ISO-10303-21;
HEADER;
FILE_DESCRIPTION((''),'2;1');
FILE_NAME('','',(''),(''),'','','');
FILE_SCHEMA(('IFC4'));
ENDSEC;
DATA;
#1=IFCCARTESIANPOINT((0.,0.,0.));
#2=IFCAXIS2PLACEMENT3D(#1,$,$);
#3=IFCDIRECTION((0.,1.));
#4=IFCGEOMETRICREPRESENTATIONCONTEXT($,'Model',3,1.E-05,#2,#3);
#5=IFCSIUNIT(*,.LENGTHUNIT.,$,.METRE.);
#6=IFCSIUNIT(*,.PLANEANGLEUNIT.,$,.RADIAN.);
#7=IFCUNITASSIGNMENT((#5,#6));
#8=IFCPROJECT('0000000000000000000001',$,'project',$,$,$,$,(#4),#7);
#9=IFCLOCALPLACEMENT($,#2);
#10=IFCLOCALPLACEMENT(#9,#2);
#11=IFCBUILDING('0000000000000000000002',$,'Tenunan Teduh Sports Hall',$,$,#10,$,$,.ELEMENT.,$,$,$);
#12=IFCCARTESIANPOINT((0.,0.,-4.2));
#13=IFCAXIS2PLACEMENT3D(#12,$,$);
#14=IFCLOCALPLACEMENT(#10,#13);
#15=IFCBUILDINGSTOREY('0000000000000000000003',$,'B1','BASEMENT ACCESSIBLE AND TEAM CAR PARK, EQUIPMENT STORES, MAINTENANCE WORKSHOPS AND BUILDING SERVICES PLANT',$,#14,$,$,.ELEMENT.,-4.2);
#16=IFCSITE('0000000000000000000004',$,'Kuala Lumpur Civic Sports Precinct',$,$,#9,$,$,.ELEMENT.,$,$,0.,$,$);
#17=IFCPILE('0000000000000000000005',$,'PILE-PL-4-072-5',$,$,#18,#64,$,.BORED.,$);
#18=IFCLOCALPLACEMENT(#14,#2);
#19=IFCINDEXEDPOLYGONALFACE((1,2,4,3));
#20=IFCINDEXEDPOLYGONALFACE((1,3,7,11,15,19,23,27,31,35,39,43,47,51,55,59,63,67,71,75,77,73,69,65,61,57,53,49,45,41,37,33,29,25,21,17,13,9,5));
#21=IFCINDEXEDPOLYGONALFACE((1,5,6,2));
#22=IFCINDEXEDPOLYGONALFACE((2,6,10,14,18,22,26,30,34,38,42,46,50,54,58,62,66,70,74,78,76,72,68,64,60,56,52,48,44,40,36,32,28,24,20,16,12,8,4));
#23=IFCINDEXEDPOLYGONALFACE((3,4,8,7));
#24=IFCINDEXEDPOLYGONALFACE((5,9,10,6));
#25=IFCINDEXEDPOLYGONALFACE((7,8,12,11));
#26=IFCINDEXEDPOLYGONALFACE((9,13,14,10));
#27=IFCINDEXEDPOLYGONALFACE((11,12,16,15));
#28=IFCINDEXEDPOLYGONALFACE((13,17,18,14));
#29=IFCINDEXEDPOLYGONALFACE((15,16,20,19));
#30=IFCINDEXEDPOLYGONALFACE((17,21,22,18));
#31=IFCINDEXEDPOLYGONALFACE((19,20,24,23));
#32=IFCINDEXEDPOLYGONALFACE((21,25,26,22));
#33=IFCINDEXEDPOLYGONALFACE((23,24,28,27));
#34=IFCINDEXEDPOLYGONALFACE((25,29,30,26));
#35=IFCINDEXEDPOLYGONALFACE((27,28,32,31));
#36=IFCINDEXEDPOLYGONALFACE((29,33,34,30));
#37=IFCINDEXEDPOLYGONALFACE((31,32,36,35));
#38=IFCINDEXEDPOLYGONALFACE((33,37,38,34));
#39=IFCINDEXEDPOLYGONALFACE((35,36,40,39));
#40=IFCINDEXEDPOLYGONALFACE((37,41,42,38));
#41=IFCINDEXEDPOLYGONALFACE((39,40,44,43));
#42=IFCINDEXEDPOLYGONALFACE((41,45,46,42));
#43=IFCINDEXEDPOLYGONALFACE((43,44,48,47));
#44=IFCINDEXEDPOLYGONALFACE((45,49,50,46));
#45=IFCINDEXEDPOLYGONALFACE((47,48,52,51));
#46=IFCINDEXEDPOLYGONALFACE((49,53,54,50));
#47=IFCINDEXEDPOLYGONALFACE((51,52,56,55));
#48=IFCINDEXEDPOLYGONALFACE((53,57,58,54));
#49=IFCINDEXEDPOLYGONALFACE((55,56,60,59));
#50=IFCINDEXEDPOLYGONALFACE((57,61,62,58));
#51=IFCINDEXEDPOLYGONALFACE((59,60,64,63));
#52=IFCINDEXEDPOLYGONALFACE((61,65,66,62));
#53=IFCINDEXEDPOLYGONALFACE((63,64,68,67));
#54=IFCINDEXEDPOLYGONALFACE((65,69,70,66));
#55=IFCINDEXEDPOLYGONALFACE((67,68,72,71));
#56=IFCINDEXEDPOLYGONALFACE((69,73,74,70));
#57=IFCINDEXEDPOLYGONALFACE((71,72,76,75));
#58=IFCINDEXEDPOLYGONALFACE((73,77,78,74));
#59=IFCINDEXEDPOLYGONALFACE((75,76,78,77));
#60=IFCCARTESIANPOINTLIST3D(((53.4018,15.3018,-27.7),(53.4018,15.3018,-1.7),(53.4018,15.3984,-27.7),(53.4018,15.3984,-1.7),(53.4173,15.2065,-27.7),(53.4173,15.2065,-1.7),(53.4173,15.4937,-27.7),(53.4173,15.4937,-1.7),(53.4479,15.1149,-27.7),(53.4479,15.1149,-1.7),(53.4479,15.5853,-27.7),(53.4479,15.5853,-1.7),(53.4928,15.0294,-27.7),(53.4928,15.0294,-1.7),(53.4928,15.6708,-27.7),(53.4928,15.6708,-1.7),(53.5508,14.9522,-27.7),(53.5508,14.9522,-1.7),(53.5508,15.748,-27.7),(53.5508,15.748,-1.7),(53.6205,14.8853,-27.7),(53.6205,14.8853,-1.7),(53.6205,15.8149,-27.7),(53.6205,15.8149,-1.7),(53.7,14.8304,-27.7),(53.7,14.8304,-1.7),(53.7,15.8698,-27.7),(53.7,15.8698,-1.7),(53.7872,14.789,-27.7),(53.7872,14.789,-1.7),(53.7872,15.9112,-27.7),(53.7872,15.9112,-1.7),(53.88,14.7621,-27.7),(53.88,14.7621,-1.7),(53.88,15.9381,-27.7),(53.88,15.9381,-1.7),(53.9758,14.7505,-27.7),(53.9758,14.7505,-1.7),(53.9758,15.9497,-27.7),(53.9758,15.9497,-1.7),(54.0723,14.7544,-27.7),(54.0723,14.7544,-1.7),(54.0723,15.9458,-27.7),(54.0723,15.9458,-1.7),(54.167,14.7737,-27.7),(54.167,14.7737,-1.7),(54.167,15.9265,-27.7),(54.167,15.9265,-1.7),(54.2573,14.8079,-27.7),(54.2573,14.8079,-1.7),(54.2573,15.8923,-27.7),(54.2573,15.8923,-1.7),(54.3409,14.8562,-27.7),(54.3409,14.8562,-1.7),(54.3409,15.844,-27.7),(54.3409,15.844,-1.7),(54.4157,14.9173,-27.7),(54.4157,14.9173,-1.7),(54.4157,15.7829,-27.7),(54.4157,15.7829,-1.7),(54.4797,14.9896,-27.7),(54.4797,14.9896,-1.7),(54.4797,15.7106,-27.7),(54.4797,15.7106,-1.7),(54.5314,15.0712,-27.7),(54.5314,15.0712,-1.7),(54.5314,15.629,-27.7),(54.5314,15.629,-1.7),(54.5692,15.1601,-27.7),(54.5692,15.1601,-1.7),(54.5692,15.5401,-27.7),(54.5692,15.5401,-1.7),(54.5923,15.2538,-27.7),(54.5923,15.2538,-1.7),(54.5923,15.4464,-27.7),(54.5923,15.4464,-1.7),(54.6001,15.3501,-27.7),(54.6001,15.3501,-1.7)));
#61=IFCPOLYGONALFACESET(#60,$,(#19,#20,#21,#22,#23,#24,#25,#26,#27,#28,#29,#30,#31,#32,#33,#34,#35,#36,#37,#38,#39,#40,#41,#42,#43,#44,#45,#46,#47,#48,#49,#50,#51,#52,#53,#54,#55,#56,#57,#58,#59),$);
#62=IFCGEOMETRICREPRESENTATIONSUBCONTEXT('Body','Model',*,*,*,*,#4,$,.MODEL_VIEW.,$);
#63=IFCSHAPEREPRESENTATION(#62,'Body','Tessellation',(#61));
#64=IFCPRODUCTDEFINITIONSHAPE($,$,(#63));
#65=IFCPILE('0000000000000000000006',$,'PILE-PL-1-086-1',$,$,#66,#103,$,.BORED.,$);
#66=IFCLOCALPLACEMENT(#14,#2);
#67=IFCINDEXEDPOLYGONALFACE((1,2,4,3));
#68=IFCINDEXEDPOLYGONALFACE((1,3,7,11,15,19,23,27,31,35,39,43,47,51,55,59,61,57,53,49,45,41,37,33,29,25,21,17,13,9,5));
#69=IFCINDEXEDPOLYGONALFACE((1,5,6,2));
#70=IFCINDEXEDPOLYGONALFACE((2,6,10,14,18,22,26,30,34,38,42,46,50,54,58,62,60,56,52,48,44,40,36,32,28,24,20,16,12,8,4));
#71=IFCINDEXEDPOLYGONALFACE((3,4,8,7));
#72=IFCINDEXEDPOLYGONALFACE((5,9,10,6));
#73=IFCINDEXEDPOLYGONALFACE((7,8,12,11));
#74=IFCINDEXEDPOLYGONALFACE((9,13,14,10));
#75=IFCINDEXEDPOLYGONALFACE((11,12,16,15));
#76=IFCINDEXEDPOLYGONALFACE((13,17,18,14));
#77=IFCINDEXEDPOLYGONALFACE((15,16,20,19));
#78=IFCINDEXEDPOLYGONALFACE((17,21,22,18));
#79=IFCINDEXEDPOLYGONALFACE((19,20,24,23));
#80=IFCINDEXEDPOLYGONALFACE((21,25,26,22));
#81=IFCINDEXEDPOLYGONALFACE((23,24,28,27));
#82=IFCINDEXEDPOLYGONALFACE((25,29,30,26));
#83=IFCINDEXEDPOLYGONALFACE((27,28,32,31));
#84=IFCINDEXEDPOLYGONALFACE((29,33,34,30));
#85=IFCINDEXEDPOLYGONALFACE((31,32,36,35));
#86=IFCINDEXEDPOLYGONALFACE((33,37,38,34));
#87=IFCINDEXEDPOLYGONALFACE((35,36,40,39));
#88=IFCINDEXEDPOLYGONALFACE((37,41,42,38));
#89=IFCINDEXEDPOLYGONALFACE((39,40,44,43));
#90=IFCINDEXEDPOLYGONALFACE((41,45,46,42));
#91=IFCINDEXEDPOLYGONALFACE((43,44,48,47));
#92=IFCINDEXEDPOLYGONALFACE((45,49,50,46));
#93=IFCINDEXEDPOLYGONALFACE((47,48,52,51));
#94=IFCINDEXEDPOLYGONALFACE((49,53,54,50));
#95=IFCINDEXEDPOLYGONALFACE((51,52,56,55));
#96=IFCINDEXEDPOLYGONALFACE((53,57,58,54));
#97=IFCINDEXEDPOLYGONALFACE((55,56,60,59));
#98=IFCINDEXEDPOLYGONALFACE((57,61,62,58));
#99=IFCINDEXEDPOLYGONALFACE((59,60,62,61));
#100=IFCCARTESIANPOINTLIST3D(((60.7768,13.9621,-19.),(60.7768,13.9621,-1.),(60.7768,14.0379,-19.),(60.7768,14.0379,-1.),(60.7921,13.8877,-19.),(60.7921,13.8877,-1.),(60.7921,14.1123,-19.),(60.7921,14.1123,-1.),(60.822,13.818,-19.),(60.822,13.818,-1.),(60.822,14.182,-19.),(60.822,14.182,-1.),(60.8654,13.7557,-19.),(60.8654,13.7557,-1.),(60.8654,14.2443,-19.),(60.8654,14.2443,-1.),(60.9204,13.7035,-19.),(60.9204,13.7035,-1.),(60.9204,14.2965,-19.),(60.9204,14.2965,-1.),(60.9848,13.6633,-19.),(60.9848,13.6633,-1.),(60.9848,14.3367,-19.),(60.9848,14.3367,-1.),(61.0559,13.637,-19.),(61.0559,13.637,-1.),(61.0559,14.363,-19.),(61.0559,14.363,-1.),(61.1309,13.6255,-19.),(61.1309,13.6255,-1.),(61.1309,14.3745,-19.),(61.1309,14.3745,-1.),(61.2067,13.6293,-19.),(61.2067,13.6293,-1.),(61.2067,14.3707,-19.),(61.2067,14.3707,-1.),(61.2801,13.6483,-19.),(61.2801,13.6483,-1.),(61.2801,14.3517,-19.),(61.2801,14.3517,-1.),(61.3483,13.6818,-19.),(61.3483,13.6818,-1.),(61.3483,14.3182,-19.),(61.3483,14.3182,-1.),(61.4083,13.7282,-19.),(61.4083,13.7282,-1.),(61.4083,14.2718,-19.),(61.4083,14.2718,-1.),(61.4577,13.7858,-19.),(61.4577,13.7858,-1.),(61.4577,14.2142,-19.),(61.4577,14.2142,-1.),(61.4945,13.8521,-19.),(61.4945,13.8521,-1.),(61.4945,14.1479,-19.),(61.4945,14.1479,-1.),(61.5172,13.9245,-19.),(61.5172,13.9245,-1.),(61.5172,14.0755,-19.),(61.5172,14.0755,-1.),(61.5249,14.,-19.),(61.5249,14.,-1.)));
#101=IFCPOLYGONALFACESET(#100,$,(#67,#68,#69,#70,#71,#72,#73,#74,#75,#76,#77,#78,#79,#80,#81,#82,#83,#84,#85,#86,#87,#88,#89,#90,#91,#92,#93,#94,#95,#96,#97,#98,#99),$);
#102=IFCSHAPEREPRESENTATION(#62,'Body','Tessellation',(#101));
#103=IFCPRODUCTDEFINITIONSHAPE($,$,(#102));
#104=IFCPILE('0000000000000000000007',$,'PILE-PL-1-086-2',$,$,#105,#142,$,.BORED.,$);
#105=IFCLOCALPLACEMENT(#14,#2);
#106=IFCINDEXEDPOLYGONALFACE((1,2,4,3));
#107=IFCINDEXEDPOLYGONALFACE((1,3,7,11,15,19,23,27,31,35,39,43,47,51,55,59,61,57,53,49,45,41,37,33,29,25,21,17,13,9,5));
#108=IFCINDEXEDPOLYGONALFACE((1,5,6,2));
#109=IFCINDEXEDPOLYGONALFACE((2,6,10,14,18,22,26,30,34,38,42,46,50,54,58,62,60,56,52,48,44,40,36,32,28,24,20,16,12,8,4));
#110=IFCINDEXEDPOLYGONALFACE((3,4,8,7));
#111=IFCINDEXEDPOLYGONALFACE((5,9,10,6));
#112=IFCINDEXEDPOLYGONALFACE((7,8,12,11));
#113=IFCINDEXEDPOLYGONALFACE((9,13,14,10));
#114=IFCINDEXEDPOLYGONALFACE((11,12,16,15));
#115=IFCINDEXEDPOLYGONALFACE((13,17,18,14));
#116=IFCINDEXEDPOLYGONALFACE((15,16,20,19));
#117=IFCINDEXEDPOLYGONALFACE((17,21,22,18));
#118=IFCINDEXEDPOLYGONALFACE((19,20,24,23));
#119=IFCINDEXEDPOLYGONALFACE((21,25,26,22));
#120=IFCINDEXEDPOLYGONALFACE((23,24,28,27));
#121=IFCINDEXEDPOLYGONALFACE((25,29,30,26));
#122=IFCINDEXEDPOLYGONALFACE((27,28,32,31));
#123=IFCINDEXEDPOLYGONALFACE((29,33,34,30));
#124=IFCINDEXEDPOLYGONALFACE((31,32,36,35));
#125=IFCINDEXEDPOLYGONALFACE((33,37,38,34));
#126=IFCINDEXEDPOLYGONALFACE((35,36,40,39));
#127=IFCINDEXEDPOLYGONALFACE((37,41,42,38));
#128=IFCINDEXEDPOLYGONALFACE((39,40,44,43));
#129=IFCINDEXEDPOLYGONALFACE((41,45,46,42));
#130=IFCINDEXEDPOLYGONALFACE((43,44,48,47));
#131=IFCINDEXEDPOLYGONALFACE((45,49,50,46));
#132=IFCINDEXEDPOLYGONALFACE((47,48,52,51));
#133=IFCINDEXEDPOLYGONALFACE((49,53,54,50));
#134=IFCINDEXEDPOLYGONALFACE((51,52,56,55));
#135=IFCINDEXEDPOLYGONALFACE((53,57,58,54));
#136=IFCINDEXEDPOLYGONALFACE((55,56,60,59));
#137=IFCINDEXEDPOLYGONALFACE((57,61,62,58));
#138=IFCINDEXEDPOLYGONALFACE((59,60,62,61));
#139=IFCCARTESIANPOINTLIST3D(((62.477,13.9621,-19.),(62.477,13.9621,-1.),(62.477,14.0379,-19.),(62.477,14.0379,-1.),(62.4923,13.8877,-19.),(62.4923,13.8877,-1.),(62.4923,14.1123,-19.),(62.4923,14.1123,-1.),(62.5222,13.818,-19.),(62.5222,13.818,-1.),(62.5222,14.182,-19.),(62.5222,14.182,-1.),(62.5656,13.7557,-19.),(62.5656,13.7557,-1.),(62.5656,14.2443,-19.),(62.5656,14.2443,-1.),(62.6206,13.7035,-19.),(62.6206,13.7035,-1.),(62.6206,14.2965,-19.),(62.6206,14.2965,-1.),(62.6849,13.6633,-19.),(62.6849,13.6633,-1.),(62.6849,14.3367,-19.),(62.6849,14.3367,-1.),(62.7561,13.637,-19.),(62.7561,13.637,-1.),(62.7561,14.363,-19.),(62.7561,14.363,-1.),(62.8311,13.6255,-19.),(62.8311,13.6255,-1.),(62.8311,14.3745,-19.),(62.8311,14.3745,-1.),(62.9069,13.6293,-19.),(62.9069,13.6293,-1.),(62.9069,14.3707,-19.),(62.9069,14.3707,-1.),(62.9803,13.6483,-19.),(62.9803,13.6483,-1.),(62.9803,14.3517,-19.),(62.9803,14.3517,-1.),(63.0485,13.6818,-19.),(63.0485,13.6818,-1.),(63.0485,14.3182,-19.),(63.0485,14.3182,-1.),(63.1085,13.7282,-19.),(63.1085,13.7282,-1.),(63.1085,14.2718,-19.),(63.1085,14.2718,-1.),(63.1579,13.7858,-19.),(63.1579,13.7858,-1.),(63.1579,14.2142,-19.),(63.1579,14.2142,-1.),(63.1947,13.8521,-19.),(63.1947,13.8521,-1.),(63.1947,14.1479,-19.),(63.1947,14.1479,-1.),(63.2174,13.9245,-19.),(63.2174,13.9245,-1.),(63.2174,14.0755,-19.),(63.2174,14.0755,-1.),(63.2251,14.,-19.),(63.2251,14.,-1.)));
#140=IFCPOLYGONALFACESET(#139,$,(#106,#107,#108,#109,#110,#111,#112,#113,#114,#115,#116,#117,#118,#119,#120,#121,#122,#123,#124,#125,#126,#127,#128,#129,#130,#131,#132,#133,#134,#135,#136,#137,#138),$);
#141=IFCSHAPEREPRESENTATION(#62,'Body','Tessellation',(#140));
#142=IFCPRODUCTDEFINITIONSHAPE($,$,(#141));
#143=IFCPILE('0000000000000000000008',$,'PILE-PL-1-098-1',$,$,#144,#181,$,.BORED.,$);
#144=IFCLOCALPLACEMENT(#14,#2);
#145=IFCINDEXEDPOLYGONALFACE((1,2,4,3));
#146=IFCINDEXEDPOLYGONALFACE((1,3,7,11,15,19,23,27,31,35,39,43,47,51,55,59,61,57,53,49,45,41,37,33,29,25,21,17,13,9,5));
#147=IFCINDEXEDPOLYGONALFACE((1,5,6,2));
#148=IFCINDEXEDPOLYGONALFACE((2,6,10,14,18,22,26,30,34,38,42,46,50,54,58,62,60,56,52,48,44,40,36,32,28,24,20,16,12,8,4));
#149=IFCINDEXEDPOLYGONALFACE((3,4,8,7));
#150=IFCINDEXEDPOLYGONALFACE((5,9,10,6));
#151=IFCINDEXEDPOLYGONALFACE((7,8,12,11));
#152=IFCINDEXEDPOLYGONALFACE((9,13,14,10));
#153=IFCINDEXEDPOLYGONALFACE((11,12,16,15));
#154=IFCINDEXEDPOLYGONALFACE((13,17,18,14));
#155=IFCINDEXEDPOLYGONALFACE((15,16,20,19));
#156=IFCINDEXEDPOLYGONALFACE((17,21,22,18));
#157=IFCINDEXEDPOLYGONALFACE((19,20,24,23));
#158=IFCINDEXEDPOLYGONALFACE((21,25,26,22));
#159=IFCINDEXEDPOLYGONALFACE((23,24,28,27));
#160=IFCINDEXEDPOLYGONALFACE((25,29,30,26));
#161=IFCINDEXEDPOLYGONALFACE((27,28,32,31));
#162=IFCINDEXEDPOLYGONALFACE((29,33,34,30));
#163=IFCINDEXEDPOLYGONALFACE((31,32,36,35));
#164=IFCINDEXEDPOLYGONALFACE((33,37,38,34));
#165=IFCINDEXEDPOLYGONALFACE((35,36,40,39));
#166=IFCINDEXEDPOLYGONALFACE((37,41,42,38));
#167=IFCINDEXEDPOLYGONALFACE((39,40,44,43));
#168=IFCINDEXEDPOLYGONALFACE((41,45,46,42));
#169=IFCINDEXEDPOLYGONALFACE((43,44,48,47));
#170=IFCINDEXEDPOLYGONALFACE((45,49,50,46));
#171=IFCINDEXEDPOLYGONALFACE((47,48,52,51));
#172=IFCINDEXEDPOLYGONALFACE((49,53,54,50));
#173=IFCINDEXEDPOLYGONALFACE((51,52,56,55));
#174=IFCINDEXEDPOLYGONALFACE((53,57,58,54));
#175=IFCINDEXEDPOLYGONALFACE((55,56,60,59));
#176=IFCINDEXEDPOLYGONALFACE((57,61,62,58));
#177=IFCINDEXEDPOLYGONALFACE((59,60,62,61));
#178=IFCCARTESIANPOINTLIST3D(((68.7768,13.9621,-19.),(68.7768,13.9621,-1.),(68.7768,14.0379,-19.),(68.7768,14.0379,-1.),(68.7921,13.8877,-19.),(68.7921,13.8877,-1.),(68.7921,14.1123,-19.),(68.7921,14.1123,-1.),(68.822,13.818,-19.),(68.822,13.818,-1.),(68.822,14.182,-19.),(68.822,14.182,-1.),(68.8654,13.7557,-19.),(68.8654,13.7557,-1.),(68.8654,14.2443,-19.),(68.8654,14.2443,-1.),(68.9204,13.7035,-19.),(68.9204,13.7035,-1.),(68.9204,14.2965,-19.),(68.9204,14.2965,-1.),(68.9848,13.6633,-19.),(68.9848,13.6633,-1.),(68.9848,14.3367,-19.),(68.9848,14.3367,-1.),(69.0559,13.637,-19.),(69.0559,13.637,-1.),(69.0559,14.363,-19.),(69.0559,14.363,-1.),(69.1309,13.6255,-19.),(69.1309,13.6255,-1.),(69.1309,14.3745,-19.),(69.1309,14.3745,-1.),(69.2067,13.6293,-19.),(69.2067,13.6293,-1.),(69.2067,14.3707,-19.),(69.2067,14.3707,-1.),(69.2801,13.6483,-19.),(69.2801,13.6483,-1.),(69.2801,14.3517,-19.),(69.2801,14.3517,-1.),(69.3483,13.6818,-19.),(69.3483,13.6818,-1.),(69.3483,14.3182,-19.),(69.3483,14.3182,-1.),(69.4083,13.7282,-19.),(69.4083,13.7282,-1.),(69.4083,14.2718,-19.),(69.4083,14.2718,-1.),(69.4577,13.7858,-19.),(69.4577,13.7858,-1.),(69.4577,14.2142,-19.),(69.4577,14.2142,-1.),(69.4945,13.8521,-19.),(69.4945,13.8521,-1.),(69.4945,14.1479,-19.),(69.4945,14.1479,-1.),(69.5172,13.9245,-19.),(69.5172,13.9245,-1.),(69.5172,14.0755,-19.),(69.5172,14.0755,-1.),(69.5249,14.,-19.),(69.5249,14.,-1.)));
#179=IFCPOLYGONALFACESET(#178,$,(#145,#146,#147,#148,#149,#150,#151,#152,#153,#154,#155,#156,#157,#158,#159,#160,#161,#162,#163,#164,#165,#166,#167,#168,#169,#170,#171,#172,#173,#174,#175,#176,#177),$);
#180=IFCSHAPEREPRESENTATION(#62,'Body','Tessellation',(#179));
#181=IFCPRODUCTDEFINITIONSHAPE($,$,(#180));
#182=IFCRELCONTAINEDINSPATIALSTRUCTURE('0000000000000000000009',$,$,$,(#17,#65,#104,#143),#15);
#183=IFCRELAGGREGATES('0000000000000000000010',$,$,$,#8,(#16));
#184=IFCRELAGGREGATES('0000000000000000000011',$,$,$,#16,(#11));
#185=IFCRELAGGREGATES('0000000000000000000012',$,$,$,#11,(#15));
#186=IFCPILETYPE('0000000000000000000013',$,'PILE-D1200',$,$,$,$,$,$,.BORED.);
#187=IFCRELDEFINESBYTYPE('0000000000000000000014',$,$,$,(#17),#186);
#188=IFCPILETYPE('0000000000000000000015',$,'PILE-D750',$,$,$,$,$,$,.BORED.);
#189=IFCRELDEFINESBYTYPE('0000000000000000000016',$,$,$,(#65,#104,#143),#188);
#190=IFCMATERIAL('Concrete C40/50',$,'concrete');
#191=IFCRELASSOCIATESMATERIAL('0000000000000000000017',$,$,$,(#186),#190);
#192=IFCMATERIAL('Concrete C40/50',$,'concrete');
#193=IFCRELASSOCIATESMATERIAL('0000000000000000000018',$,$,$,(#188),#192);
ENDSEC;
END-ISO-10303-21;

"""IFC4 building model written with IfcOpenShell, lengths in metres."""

from ifc_helpers import new_model, si_unit, direction, frame, origin, origin_2d, place, context, subcontext, project, spatial, circle, extrude, material, material_profile, profile_set, type_object, element, save


model = new_model("IFC4")

# Units and contexts
model_context = context("Model", 3, precision=1e-05, world=origin(), true_north=direction((0.0, 1.0)))
body_context = subcontext(model_context, "Body", "Model", "MODEL_VIEW")
ifc_project = project(units=[si_unit("LENGTHUNIT", "METRE"), si_unit("PLANEANGLEUNIT", "RADIAN")], contexts=[model_context])

# Site, building, storey
site_placement = place(None, origin())
site = spatial("IfcSite", under=ifc_project, at=site_placement, Name="Kuala Lumpur Civic Sports Precinct", CompositionType="ELEMENT", RefElevation=0.0)
building_placement = place(site_placement, origin())
building = spatial("IfcBuilding", under=site, at=building_placement, Name="Tenunan Teduh Sports Hall", CompositionType="ELEMENT")
storey_placement = place(building_placement, frame((0.0, 0.0, -4.2)))
storey = spatial("IfcBuildingStorey", under=building, at=storey_placement, Name="B1", Description="BASEMENT ACCESSIBLE AND TEAM CAR PARK, EQUIPMENT STORES, MAINTENANCE WORKSHOPS AND BUILDING SERVICES PLANT", CompositionType="ELEMENT", Elevation=-4.2)

# Piles
ifc_material_1 = material(Name="Concrete C40/50", Category="concrete")
ifc_material_profile_1 = material_profile(ifc_material_1, circle(Radius=0.6001, at=origin_2d()), Name="PILE D1200")
ifc_profile_set_1 = profile_set([ifc_material_profile_1], Name="Concrete C40/50")
pile_type_1 = type_object("IfcPileType", Name="PILE-D1200", PredefinedType="BORED", material=ifc_profile_set_1)
for number, where, z_axis, x_axis, name in (
    (1, (54.0, 15.3501, -1.7), (0.0, 0.0, -1.0), (1.0, 0.0, 0.0), "PILE-PL-4-072-5"),
):
    element("IfcPile", number, at=place(storey_placement, frame(where, z_axis=z_axis, x_axis=x_axis)), inside=storey, type_object=pile_type_1, Name=name, PredefinedType="BORED", context=body_context, shape_type="SweptSolid", body=[
        extrude(circle(Radius=0.6001, at=origin_2d()), origin(), (0.0, 0.0, 1.0), 26.0),
    ])
ifc_material_2 = material(Name="Concrete C40/50", Category="concrete")
ifc_material_profile_2 = material_profile(ifc_material_2, circle(Radius=0.375, at=origin_2d()), Name="PILE D750")
ifc_profile_set_2 = profile_set([ifc_material_profile_2], Name="Concrete C40/50")
pile_type_2 = type_object("IfcPileType", Name="PILE-D750", PredefinedType="BORED", material=ifc_profile_set_2)
for number, where, z_axis, x_axis, name in (
    (2, (61.1499, 14.0, -1.0), (0.0, 0.0, -1.0), (1.0, 0.0, 0.0), "PILE-PL-1-086-1"),
    (3, (62.8501, 14.0, -1.0), (0.0, 0.0, -1.0), (1.0, 0.0, 0.0), "PILE-PL-1-086-2"),
    (4, (69.1499, 14.0, -1.0), (0.0, 0.0, -1.0), (1.0, 0.0, 0.0), "PILE-PL-1-098-1"),
):
    element("IfcPile", number, at=place(storey_placement, frame(where, z_axis=z_axis, x_axis=x_axis)), inside=storey, type_object=pile_type_2, Name=name, PredefinedType="BORED", context=body_context, shape_type="SweptSolid", body=[
        extrude(circle(Radius=0.375, at=origin_2d()), origin(), (0.0, 0.0, 1.0), 18.0),
    ])

save(model, "model.ifc")
